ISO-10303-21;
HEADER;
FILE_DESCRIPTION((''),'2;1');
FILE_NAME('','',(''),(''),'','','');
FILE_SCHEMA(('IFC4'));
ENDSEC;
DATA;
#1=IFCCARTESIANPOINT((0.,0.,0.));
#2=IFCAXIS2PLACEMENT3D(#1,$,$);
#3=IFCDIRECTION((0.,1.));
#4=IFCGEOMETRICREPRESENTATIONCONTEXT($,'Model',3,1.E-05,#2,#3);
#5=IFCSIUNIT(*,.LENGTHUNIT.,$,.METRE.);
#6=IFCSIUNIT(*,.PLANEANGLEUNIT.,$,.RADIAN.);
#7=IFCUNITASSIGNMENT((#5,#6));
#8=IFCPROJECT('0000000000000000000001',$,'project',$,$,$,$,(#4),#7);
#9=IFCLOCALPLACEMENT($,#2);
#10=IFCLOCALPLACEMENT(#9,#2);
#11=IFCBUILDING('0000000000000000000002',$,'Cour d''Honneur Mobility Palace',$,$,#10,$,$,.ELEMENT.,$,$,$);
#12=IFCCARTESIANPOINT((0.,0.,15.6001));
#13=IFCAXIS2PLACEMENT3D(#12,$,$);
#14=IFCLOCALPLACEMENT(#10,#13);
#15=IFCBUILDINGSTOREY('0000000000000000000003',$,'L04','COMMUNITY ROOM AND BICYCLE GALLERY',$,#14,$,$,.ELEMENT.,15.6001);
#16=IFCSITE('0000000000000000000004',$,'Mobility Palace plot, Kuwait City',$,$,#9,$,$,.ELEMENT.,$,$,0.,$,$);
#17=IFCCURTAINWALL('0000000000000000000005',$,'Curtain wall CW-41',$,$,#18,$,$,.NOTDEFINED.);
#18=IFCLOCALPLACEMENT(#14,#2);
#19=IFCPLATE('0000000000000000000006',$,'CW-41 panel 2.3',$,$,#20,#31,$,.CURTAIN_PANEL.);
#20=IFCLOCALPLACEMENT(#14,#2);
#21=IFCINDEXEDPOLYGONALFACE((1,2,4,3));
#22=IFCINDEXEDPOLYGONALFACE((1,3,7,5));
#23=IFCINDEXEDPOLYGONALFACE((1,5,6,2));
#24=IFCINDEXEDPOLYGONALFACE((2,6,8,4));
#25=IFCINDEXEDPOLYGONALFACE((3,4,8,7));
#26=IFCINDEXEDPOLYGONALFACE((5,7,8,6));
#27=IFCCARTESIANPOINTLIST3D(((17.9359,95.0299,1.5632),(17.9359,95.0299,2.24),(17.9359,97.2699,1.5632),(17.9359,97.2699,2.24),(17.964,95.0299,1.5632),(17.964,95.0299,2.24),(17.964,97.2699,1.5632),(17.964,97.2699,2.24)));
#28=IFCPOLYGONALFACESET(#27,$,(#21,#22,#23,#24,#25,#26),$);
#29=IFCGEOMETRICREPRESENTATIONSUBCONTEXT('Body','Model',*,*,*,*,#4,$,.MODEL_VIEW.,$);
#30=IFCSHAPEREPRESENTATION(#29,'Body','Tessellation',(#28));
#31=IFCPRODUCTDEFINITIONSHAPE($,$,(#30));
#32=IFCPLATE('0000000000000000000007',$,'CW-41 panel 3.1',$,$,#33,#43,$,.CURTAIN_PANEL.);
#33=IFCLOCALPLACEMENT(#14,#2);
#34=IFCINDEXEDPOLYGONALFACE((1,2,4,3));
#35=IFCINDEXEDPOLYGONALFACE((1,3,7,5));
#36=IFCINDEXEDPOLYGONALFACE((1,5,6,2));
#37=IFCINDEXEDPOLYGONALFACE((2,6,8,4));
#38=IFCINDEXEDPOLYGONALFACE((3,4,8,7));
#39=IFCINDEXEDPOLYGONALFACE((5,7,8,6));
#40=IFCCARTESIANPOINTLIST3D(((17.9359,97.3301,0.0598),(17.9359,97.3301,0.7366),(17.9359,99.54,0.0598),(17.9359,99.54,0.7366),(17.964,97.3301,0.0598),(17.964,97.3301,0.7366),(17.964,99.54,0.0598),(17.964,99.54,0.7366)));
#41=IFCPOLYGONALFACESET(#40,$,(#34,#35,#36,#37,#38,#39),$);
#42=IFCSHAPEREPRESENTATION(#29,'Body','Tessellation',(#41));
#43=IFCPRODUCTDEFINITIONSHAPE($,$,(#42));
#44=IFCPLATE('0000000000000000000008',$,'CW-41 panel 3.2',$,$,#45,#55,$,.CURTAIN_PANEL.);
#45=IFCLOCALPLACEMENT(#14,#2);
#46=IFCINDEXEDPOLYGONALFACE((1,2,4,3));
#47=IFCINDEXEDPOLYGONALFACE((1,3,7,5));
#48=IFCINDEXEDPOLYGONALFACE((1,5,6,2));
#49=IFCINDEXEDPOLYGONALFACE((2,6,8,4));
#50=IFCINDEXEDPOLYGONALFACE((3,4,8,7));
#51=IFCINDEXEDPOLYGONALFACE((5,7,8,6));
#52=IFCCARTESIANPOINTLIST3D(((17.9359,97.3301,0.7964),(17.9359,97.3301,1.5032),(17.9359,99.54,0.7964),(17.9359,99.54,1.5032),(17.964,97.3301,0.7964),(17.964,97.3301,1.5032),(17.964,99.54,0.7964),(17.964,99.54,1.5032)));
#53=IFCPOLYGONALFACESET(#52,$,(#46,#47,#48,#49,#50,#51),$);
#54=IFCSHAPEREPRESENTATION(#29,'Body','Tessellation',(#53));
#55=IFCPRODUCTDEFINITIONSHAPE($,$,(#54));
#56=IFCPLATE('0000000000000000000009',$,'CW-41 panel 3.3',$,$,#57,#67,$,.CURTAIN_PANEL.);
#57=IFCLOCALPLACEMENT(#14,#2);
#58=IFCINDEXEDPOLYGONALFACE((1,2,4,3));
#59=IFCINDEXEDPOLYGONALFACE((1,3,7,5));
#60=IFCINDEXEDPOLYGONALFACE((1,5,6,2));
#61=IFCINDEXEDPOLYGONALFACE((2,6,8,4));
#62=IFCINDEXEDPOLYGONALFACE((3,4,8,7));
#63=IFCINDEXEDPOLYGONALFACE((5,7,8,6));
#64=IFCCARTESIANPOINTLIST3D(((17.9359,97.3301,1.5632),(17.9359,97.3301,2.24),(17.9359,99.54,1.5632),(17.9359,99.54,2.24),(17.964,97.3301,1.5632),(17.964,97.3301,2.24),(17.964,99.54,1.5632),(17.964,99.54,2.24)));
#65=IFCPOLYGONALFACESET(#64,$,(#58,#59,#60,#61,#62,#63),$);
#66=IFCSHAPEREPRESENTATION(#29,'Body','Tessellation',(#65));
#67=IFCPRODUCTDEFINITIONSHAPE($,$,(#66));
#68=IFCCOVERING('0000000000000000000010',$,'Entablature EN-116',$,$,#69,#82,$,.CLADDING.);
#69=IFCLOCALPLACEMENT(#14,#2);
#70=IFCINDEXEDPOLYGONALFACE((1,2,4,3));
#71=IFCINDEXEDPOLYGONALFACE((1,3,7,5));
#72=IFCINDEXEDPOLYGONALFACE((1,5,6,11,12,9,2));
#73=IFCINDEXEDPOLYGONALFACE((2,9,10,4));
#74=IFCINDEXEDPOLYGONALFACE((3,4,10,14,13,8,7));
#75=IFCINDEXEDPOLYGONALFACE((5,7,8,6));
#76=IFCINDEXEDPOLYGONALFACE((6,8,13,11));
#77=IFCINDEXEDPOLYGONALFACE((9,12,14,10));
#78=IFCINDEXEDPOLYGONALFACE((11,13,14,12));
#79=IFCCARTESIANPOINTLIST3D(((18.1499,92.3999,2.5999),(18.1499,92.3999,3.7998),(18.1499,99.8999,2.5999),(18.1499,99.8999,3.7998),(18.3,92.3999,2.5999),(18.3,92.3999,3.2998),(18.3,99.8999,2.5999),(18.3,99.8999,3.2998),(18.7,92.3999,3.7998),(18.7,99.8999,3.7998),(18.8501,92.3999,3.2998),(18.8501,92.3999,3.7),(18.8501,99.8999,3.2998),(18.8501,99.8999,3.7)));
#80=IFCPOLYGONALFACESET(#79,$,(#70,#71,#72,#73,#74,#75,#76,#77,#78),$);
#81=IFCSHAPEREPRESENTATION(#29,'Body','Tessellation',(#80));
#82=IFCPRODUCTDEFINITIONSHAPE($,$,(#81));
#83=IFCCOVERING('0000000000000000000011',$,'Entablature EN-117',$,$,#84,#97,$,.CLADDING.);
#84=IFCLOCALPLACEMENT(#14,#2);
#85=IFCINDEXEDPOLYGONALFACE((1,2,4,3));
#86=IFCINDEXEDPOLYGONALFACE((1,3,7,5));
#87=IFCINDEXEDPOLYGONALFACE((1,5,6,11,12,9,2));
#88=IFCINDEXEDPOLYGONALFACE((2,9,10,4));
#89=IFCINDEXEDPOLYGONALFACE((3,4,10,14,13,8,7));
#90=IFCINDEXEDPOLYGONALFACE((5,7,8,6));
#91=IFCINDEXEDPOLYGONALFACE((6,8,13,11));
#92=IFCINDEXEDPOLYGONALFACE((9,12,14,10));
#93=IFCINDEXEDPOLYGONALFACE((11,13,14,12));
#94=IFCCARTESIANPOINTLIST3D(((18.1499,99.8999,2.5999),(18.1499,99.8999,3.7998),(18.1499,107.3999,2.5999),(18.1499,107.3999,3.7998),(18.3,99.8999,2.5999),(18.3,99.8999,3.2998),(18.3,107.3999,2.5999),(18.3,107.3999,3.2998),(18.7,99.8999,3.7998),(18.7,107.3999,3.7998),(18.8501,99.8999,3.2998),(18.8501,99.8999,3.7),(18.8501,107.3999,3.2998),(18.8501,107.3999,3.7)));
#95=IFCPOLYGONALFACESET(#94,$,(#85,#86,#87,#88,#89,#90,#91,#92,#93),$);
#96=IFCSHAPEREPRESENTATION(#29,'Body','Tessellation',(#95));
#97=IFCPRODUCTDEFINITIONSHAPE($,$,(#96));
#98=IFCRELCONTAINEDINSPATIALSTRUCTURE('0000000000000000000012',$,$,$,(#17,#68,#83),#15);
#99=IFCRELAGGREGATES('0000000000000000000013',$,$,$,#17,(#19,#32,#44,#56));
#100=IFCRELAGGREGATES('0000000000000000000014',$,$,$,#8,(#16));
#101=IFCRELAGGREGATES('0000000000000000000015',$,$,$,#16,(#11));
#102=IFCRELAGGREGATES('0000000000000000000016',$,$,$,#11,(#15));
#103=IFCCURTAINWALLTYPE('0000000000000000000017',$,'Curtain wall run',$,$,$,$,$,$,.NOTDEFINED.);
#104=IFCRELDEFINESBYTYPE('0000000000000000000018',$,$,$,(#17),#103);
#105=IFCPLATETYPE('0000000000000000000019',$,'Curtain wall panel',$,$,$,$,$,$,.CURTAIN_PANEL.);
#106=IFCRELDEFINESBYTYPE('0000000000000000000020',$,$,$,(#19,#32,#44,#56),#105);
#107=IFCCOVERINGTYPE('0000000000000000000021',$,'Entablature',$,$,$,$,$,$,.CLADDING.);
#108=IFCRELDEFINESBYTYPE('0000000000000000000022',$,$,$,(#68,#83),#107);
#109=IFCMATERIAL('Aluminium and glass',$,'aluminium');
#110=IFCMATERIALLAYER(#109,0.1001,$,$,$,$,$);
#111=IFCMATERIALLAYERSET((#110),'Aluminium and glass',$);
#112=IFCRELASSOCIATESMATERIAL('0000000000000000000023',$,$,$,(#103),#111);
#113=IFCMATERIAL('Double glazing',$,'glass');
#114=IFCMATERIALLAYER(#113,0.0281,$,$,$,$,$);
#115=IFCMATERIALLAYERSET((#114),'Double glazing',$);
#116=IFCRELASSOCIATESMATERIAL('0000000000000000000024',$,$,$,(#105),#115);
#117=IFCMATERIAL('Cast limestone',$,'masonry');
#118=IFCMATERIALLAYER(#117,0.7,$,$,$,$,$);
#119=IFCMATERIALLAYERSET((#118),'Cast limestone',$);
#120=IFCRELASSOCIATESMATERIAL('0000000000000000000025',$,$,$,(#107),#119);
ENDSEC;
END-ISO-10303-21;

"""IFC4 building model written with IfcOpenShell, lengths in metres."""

from ifc_helpers import new_model, si_unit, direction, frame, origin, origin_2d, place, context, subcontext, project, spatial, polyline, rectangle, outline, extrude, material, layer, layer_set, type_object, element, aggregate, save


model = new_model("IFC4")

# Units and contexts
model_context = context("Model", 3, precision=1e-05, world=origin(), true_north=direction((0.0, 1.0)))
body_context = subcontext(model_context, "Body", "Model", "MODEL_VIEW")
ifc_project = project(units=[si_unit("LENGTHUNIT", "METRE"), si_unit("PLANEANGLEUNIT", "RADIAN")], contexts=[model_context])

# Site, building, storey
site_placement = place(None, origin())
site = spatial("IfcSite", under=ifc_project, at=site_placement, Name="Mobility Palace plot, Kuwait City", CompositionType="ELEMENT", RefElevation=0.0)
building_placement = place(site_placement, origin())
building = spatial("IfcBuilding", under=site, at=building_placement, Name="Cour d'Honneur Mobility Palace", CompositionType="ELEMENT")
storey_placement = place(building_placement, frame((0.0, 0.0, 15.6001)))
storey = spatial("IfcBuildingStorey", under=building, at=storey_placement, Name="L04", Description="COMMUNITY ROOM AND BICYCLE GALLERY", CompositionType="ELEMENT", Elevation=15.6001)

# Shared definitions
ifc_material_1 = material(Name="Aluminium and glass", Category="aluminium")
ifc_layer_1 = layer(ifc_material_1, 0.1001)
ifc_layer_set_1 = layer_set([ifc_layer_1], Name="Aluminium and glass")
curtain_wall_type = type_object("IfcCurtainWallType", Name="Curtain wall run", PredefinedType="NOTDEFINED", material=ifc_layer_set_1)

# Curtain wall
curtain_wall_1_placement = place(storey_placement, origin())
curtain_wall_1 = element("IfcCurtainWall", 1, at=curtain_wall_1_placement, inside=storey, type_object=curtain_wall_type, Name="Curtain wall CW-41", PredefinedType="NOTDEFINED")

# Plates
ifc_material_2 = material(Name="Double glazing", Category="glass")
ifc_layer_2 = layer(ifc_material_2, 0.0281)
ifc_layer_set_2 = layer_set([ifc_layer_2], Name="Double glazing")
plate_type = type_object("IfcPlateType", Name="Curtain wall panel", PredefinedType="CURTAIN_PANEL", material=ifc_layer_set_2)
plate_1_placement = place(storey_placement, frame((17.95, 96.1499, 1.5632), z_axis=(0.0, 0.0, 1.0), x_axis=(0.0, 1.0, 0.0)))
plate_1 = element("IfcPlate", 2, at=plate_1_placement, type_object=plate_type, Name="CW-41 panel 2.3", PredefinedType="CURTAIN_PANEL", context=body_context, shape_type="SweptSolid", body=[
    extrude(rectangle(XDim=2.24, YDim=0.0281, at=origin_2d()), origin(), (0.0, 0.0, 1.0), 0.6768),
])
plate_2_placement = place(storey_placement, frame((17.95, 98.4351, 0.0598), z_axis=(0.0, 0.0, 1.0), x_axis=(0.0, 1.0, 0.0)))
plate_2 = element("IfcPlate", 3, at=plate_2_placement, type_object=plate_type, Name="CW-41 panel 3.1", PredefinedType="CURTAIN_PANEL", context=body_context, shape_type="SweptSolid", body=[
    extrude(rectangle(XDim=2.21, YDim=0.0281, at=origin_2d()), origin(), (0.0, 0.0, 1.0), 0.6768),
])
plate_3_placement = place(storey_placement, frame((17.95, 98.4351, 0.7964), z_axis=(0.0, 0.0, 1.0), x_axis=(0.0, 1.0, 0.0)))
plate_3 = element("IfcPlate", 4, at=plate_3_placement, type_object=plate_type, Name="CW-41 panel 3.2", PredefinedType="CURTAIN_PANEL", context=body_context, shape_type="SweptSolid", body=[
    extrude(rectangle(XDim=2.21, YDim=0.0281, at=origin_2d()), origin(), (0.0, 0.0, 1.0), 0.7068),
])
plate_4_placement = place(storey_placement, frame((17.95, 98.4351, 1.5632), z_axis=(0.0, 0.0, 1.0), x_axis=(0.0, 1.0, 0.0)))
plate_4 = element("IfcPlate", 5, at=plate_4_placement, type_object=plate_type, Name="CW-41 panel 3.3", PredefinedType="CURTAIN_PANEL", context=body_context, shape_type="SweptSolid", body=[
    extrude(rectangle(XDim=2.21, YDim=0.0281, at=origin_2d()), origin(), (0.0, 0.0, 1.0), 0.6768),
])
aggregate(curtain_wall_1, [plate_1, plate_2, plate_3, plate_4])

# Coverings
ifc_material_3 = material(Name="Cast limestone", Category="masonry")
ifc_layer_3 = layer(ifc_material_3, 0.7)
ifc_layer_set_3 = layer_set([ifc_layer_3], Name="Cast limestone")
covering_type = type_object("IfcCoveringType", Name="Entablature", PredefinedType="CLADDING", material=ifc_layer_set_3)
for number, where, z_axis, x_axis, name in (
    (6, (18.1499, 92.3999, 2.5999), (0.0, -1.0, 0.0), (1.0, 0.0, 0.0), "Entablature EN-116"),
    (7, (18.1499, 99.8999, 2.5999), (0.0, -1.0, 0.0), (1.0, 0.0, 0.0), "Entablature EN-117"),
):
    element("IfcCovering", number, at=place(storey_placement, frame(where, z_axis=z_axis, x_axis=x_axis)), inside=storey, type_object=covering_type, Name=name, PredefinedType="CLADDING", context=body_context, shape_type="SweptSolid", body=[
        extrude(outline(polyline([(0.0, 0.0), (0.1501, 0.0), (0.1501, 0.7), (0.7002, 0.7), (0.7002, 1.1001), (0.55, 1.2), (0.0, 1.2), (0.0, 0.0)])), origin(), (0.0, 0.0, -1.0), 7.5),
    ])

save(model, "model.ifc")
